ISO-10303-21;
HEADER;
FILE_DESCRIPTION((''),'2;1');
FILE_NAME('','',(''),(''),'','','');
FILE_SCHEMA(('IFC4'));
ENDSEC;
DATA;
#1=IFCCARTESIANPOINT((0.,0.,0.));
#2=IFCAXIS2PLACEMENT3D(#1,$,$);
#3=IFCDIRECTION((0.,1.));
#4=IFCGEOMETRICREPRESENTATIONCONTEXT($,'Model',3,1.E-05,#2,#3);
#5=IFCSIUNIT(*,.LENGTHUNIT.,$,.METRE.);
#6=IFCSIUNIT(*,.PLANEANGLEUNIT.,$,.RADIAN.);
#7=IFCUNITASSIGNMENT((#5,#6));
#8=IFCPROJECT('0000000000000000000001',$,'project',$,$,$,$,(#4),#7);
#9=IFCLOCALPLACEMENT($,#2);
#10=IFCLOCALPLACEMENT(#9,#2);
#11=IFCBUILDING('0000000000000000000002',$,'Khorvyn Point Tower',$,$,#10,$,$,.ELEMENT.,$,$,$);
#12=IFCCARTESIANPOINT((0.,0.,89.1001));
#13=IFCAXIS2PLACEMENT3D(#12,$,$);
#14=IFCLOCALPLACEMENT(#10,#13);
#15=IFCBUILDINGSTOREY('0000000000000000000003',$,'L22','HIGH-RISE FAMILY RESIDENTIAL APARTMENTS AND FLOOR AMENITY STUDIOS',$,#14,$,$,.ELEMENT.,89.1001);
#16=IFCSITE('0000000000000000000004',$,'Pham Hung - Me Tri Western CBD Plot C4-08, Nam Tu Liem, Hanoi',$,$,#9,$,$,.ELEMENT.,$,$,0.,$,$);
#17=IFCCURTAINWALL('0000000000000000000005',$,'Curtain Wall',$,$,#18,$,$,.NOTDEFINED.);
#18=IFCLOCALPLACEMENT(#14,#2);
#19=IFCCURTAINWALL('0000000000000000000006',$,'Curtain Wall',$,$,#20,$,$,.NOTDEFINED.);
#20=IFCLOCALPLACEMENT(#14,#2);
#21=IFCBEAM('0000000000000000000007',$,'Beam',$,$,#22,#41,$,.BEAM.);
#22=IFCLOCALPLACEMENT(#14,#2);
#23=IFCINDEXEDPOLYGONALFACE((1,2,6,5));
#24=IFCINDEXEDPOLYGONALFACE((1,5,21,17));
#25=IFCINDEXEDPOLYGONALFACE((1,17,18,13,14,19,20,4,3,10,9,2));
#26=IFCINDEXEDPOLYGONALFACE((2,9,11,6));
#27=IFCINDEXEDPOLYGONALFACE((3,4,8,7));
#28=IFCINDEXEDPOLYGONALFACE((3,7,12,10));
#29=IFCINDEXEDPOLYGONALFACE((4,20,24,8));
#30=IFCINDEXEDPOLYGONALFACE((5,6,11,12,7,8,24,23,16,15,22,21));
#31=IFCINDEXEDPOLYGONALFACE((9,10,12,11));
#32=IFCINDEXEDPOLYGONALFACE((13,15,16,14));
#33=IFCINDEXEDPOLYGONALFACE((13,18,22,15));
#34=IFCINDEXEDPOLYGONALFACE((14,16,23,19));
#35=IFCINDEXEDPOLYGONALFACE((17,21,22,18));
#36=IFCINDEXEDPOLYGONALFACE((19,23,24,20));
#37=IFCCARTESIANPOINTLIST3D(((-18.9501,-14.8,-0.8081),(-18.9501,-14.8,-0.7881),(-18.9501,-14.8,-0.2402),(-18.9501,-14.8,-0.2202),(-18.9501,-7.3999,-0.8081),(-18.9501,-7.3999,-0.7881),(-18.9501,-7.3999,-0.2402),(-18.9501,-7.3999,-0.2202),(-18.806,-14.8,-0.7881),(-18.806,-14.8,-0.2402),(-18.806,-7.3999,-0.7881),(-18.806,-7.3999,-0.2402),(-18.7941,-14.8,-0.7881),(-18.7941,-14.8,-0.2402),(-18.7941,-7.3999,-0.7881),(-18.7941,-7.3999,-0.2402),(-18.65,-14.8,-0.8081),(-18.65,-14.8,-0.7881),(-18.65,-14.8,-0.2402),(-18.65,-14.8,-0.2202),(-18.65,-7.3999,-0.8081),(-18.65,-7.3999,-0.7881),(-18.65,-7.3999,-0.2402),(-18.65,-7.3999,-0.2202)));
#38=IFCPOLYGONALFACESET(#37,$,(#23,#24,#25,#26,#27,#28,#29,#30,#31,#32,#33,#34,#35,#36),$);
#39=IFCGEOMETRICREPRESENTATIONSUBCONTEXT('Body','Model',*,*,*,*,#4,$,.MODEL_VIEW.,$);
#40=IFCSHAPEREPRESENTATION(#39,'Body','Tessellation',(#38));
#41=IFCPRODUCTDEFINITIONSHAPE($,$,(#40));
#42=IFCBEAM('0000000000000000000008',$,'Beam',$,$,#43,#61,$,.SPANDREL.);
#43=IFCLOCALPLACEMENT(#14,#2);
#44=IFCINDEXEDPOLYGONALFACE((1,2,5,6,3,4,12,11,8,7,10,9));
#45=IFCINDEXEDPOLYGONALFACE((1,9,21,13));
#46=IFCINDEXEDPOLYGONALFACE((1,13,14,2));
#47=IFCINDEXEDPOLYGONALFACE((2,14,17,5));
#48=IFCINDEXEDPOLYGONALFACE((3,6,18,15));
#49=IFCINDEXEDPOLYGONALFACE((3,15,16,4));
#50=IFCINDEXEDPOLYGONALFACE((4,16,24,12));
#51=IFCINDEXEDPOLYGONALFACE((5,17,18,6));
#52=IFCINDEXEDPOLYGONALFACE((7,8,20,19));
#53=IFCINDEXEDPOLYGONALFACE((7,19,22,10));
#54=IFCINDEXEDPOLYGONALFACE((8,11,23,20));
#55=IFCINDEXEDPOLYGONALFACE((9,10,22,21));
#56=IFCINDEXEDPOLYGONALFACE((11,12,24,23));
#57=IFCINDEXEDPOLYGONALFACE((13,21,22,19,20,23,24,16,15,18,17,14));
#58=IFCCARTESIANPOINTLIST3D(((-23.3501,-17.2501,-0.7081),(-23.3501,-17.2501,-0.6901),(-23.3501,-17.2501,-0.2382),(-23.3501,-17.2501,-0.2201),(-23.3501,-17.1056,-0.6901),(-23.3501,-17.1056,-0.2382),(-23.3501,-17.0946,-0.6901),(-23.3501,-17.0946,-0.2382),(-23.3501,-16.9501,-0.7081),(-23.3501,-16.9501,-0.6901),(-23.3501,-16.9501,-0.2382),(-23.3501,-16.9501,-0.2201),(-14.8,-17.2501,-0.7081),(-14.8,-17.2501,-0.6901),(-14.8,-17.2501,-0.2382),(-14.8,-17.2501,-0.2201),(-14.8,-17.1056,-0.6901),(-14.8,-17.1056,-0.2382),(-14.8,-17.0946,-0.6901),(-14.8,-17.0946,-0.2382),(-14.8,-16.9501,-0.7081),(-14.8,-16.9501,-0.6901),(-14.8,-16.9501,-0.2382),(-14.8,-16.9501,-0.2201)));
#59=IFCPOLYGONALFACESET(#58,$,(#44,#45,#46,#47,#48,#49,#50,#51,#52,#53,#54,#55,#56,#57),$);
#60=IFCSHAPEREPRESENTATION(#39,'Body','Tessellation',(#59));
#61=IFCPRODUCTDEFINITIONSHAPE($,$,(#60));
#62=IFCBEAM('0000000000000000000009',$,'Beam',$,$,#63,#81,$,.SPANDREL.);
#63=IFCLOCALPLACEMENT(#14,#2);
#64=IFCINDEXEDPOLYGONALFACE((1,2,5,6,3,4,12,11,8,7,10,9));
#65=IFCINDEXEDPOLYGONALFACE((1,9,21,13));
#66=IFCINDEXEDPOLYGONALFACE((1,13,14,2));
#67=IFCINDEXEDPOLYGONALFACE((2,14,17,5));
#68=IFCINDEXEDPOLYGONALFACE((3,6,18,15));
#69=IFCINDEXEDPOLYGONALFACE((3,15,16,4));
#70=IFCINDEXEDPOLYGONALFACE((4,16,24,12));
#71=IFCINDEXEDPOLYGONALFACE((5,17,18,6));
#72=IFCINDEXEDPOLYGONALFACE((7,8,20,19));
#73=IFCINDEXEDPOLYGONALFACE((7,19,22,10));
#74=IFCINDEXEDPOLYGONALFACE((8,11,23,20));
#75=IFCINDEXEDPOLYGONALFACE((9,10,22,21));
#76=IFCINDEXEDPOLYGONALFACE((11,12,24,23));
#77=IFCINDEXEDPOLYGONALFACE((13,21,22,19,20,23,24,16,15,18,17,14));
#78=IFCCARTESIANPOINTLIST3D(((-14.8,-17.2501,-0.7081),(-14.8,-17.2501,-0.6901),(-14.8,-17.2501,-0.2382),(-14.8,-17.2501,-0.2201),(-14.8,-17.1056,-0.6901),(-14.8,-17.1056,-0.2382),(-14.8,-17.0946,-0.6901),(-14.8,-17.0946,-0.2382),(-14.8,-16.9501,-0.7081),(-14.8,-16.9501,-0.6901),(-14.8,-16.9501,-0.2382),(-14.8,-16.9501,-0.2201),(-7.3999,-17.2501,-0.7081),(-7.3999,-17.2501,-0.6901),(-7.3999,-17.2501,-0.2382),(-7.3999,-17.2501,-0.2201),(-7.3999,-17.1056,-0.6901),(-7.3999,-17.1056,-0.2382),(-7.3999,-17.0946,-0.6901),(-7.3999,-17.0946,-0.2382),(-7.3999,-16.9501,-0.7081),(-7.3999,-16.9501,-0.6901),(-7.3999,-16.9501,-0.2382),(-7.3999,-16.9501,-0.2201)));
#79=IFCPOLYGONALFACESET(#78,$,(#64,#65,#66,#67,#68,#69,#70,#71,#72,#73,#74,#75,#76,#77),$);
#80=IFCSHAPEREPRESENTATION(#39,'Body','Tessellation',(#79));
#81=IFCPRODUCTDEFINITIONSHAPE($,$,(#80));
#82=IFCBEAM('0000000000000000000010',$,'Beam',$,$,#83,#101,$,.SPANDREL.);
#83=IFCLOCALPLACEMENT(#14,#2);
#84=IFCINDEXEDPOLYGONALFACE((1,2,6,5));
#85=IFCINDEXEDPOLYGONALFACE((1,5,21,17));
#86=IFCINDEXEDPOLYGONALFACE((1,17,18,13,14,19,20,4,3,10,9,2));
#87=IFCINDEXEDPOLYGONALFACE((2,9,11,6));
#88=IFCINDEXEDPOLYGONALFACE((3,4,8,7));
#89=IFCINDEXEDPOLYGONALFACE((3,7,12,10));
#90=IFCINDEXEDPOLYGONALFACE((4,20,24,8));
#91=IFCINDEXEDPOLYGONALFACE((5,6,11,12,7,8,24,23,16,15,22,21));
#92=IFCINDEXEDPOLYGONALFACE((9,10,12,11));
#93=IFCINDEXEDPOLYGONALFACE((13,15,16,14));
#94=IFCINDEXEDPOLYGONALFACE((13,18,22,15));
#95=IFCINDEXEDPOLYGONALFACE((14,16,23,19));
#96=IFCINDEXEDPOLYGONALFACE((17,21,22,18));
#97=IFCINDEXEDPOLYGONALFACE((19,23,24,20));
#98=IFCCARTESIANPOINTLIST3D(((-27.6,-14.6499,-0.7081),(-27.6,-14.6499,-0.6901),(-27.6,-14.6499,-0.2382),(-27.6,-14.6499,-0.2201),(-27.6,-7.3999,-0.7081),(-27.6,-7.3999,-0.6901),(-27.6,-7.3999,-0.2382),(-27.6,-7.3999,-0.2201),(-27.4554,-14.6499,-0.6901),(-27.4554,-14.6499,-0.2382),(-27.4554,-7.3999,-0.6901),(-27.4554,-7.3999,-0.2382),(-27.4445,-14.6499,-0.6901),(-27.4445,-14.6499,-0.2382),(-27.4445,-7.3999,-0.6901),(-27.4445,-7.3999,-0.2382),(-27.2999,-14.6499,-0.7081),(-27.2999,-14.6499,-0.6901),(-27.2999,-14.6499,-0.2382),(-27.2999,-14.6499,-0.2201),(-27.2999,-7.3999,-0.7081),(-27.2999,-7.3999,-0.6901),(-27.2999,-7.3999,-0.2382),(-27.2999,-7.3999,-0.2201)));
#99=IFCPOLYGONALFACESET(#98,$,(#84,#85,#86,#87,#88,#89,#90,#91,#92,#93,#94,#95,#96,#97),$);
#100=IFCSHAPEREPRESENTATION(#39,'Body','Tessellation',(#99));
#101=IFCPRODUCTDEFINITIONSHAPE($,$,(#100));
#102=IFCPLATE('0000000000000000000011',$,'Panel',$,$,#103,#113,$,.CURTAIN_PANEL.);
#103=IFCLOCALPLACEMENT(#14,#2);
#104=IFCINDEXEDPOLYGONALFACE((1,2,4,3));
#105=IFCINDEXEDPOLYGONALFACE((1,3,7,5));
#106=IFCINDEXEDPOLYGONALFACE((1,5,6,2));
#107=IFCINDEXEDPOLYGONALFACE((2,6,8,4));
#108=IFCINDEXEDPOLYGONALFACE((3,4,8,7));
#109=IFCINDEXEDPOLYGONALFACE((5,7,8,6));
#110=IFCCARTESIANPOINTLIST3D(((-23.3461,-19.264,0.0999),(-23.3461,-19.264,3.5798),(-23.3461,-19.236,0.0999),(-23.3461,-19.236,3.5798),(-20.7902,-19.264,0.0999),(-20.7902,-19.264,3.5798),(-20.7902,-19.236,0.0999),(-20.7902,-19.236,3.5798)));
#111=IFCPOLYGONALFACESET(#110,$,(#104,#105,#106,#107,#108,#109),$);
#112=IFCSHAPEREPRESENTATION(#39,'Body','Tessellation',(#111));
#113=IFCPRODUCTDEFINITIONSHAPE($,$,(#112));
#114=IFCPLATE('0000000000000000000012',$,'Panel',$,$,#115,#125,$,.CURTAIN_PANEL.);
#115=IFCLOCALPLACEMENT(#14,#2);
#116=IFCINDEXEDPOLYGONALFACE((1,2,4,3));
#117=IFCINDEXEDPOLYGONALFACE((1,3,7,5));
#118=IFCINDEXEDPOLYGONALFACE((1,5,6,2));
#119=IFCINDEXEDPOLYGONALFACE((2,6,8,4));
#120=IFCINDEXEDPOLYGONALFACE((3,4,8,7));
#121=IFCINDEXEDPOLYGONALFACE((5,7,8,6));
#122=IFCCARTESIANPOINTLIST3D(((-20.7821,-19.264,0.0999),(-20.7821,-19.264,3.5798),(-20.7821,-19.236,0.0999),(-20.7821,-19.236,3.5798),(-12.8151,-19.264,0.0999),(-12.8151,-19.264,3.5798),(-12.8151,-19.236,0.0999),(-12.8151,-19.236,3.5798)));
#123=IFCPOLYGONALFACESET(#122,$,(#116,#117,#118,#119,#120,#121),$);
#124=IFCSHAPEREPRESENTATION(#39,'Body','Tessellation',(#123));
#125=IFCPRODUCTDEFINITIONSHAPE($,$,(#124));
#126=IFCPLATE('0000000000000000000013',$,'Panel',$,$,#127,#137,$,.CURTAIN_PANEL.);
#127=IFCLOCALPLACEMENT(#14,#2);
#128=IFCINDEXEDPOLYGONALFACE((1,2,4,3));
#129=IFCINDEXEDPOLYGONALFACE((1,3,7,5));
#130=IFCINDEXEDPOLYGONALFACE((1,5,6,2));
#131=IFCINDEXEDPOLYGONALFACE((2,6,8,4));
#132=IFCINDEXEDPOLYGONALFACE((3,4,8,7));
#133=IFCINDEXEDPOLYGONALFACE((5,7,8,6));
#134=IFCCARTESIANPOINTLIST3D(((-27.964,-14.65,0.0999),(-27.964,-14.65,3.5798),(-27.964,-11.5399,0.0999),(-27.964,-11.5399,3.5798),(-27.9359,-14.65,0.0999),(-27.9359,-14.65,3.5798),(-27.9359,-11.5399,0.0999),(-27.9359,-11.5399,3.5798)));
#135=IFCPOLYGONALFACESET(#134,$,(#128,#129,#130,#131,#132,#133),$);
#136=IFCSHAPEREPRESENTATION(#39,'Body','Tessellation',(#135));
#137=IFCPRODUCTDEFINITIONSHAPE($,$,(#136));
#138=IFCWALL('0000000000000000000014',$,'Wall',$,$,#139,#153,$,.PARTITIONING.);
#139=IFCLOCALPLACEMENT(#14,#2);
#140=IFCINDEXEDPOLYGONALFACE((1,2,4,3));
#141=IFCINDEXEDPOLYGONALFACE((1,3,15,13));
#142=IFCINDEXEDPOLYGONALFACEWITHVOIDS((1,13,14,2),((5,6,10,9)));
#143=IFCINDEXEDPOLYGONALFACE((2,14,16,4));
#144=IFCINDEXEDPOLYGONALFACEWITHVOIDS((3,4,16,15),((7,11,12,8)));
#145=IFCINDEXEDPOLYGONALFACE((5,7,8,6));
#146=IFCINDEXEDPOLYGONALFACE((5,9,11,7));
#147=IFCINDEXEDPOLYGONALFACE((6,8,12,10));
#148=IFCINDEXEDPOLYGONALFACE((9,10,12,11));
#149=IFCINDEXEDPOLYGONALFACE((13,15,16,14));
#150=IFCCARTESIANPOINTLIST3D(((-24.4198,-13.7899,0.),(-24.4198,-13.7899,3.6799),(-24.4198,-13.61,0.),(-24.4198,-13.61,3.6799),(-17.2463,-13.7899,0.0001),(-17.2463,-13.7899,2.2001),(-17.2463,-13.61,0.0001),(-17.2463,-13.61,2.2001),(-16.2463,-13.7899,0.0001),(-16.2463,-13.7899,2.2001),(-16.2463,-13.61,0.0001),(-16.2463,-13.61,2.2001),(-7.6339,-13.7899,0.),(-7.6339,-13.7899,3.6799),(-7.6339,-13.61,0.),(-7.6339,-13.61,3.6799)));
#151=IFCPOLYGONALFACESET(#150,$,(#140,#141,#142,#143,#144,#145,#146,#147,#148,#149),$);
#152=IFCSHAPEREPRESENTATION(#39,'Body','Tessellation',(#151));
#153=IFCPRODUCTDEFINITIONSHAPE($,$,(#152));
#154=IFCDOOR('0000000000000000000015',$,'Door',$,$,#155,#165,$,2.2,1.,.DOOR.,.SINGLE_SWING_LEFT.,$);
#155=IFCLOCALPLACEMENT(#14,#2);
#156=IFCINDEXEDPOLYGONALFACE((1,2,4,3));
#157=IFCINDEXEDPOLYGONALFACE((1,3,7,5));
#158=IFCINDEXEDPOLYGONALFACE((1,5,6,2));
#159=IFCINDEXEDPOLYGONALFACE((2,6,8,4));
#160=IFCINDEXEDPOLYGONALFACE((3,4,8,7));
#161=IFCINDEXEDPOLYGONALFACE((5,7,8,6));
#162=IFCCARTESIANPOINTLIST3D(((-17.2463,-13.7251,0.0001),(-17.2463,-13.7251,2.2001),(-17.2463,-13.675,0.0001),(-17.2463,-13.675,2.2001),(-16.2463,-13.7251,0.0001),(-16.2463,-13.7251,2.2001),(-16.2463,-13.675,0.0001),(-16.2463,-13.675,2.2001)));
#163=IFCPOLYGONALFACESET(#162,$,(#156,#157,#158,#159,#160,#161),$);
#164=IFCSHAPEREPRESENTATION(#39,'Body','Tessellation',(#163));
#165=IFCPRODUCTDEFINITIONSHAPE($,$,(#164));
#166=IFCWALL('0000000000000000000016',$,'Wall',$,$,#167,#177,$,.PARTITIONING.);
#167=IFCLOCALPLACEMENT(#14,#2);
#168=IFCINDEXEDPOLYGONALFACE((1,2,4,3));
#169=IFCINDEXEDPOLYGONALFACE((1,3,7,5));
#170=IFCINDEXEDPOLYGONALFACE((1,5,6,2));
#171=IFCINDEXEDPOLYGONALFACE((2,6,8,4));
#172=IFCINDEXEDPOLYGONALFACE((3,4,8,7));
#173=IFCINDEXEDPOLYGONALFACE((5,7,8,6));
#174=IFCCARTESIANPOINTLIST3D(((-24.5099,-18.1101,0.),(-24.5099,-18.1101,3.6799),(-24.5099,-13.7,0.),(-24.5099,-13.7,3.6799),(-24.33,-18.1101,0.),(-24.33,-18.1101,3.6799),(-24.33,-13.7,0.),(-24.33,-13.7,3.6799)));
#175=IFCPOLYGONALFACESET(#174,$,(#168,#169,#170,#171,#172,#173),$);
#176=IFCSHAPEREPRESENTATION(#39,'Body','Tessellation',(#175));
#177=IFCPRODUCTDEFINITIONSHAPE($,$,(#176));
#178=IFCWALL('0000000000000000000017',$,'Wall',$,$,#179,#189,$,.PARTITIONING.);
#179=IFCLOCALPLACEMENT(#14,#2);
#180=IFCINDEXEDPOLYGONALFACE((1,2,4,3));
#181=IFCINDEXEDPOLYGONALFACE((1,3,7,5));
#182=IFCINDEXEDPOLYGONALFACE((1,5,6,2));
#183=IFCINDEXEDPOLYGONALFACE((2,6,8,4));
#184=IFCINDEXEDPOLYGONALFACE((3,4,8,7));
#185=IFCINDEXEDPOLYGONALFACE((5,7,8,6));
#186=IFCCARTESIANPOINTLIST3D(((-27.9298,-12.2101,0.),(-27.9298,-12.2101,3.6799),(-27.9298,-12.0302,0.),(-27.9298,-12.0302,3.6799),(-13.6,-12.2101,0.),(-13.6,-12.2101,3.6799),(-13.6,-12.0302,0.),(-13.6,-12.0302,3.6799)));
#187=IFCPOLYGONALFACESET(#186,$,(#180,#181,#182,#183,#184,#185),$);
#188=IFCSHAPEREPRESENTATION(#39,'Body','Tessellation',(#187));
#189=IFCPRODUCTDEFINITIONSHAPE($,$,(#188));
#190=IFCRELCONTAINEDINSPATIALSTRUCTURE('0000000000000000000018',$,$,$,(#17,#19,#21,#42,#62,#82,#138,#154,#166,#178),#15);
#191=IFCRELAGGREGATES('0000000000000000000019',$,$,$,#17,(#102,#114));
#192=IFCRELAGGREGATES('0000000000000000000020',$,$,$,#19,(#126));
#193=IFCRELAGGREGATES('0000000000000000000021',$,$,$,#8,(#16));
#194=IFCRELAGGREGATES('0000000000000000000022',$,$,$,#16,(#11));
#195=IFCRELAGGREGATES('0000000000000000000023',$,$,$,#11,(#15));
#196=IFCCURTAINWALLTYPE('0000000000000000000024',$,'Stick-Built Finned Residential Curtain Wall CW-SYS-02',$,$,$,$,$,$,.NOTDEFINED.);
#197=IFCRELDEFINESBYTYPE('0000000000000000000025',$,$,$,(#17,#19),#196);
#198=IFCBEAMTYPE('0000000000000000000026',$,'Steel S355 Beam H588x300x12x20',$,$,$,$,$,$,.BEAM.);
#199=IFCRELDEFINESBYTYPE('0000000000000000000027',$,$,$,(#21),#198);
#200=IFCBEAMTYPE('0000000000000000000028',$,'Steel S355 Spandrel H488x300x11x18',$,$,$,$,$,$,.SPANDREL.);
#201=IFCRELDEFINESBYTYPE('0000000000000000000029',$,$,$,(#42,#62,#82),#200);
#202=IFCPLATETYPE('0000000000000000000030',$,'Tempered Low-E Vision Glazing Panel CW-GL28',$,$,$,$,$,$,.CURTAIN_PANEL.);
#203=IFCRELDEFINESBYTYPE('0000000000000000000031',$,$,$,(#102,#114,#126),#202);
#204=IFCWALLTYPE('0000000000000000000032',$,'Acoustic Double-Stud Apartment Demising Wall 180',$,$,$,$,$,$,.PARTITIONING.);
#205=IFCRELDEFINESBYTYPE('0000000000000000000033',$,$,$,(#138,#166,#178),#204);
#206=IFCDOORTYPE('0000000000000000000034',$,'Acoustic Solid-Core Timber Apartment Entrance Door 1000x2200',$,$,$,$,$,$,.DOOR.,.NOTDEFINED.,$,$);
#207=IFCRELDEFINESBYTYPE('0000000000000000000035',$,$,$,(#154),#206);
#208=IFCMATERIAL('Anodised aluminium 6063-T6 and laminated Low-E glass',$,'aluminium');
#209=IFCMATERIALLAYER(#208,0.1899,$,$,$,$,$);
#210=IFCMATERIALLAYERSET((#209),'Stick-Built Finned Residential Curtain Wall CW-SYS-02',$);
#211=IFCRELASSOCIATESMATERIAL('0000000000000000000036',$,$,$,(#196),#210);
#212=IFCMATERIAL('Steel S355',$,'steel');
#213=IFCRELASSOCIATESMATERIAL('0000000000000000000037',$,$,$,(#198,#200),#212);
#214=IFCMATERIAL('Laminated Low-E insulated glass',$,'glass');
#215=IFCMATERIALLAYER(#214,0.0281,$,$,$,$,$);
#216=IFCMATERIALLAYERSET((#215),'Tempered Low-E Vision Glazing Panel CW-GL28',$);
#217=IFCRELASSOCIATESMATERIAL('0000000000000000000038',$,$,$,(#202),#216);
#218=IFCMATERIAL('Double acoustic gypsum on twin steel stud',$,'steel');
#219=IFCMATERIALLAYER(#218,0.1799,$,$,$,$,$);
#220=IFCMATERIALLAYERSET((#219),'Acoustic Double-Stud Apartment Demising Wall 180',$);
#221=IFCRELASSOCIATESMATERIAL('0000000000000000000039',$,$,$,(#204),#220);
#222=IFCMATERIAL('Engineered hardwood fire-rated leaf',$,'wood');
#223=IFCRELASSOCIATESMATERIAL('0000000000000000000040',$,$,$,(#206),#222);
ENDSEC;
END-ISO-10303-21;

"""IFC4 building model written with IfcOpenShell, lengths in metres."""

from ifc_helpers import new_model, si_unit, direction, frame, frame_2d, origin, origin_2d, place, context, subcontext, project, spatial, rectangle, i_section, extrude, material, layer, layer_set, material_profile, profile_set, type_object, element, fill, aggregate, save


model = new_model("IFC4")

# Units and contexts
model_context = context("Model", 3, precision=1e-05, world=origin(), true_north=direction((0.0, 1.0)))
body_context = subcontext(model_context, "Body", "Model", "MODEL_VIEW")
ifc_project = project(units=[si_unit("LENGTHUNIT", "METRE"), si_unit("PLANEANGLEUNIT", "RADIAN")], contexts=[model_context])

# Site, building, storey
site_placement = place(None, origin())
site = spatial("IfcSite", under=ifc_project, at=site_placement, Name="Pham Hung - Me Tri Western CBD Plot C4-08, Nam Tu Liem, Hanoi", CompositionType="ELEMENT", RefElevation=0.0)
building_placement = place(site_placement, origin())
building = spatial("IfcBuilding", under=site, at=building_placement, Name="Khorvyn Point Tower", CompositionType="ELEMENT")
storey_placement = place(building_placement, frame((0.0, 0.0, 89.1001)))
storey = spatial("IfcBuildingStorey", under=building, at=storey_placement, Name="L22", Description="HIGH-RISE FAMILY RESIDENTIAL APARTMENTS AND FLOOR AMENITY STUDIOS", CompositionType="ELEMENT", Elevation=89.1001)

# Curtain wall
ifc_material_1 = material(Name="Anodised aluminium 6063-T6 and laminated Low-E glass", Category="aluminium")
ifc_layer_1 = layer(ifc_material_1, 0.1899)
ifc_layer_set_1 = layer_set([ifc_layer_1], Name="Stick-Built Finned Residential Curtain Wall CW-SYS-02")
curtain_wall_type = type_object("IfcCurtainWallType", Name="Stick-Built Finned Residential Curtain Wall CW-SYS-02", PredefinedType="NOTDEFINED", material=ifc_layer_set_1)
curtain_wall_1_placement = place(storey_placement, origin())
curtain_wall_1 = element("IfcCurtainWall", 1, at=curtain_wall_1_placement, inside=storey, type_object=curtain_wall_type, Name="Curtain Wall", PredefinedType="NOTDEFINED")

# Curtain wall
curtain_wall_2_placement = place(storey_placement, origin())
curtain_wall_2 = element("IfcCurtainWall", 2, at=curtain_wall_2_placement, inside=storey, type_object=curtain_wall_type, Name="Curtain Wall", PredefinedType="NOTDEFINED")

# Beams
ifc_material_2 = material(Name="Steel S355", Category="steel")
ifc_material_profile_1 = material_profile(ifc_material_2, i_section(OverallWidth=0.3, OverallDepth=0.5879, WebThickness=0.012, FlangeThickness=0.02, at=origin_2d()))
ifc_profile_set_1 = profile_set([ifc_material_profile_1], Name="Steel S355 H588x300x12x20")
beam_type_1 = type_object("IfcBeamType", Name="Steel S355 Beam H588x300x12x20", PredefinedType="BEAM", material=ifc_profile_set_1)
beam_1_placement = place(storey_placement, frame((-18.8, -14.8, -0.5142), z_axis=(0.0, 1.0, 0.0), x_axis=(-1.0, 0.0, 0.0)))
element("IfcBeam", 3, at=beam_1_placement, inside=storey, type_object=beam_type_1, Name="Beam", PredefinedType="BEAM", context=body_context, shape_type="SweptSolid", body=[
    extrude(i_section(OverallWidth=0.3, OverallDepth=0.5879, WebThickness=0.012, FlangeThickness=0.02, at=origin_2d()), origin(), (0.0, 0.0, 1.0), 7.4001),
])
ifc_material_profile_2 = material_profile(ifc_material_2, i_section(OverallWidth=0.3, OverallDepth=0.488, WebThickness=0.011, FlangeThickness=0.0181, at=origin_2d()))
ifc_profile_set_2 = profile_set([ifc_material_profile_2], Name="Steel S355 H488x300x11x18")
beam_type_2 = type_object("IfcBeamType", Name="Steel S355 Spandrel H488x300x11x18", PredefinedType="SPANDREL", material=ifc_profile_set_2)
beam_2_placement = place(storey_placement, frame((-23.3501, -17.1001, -0.4641), z_axis=(1.0, 0.0, 0.0), x_axis=(0.0, 1.0, 0.0)))
element("IfcBeam", 4, at=beam_2_placement, inside=storey, type_object=beam_type_2, Name="Beam", PredefinedType="SPANDREL", context=body_context, shape_type="SweptSolid", body=[
    extrude(i_section(OverallWidth=0.3, OverallDepth=0.488, WebThickness=0.011, FlangeThickness=0.0181, at=origin_2d()), origin(), (0.0, 0.0, 1.0), 8.55),
])
beam_3_placement = place(storey_placement, frame((-14.8, -17.1001, -0.4641), z_axis=(1.0, 0.0, 0.0), x_axis=(0.0, 1.0, 0.0)))
element("IfcBeam", 5, at=beam_3_placement, inside=storey, type_object=beam_type_2, Name="Beam", PredefinedType="SPANDREL", context=body_context, shape_type="SweptSolid", body=[
    extrude(i_section(OverallWidth=0.3, OverallDepth=0.488, WebThickness=0.011, FlangeThickness=0.0181, at=origin_2d()), origin(), (0.0, 0.0, 1.0), 7.4001),
])
beam_4_placement = place(storey_placement, frame((-27.45, -14.6499, -0.4641), z_axis=(0.0, 1.0, 0.0), x_axis=(-1.0, 0.0, 0.0)))
element("IfcBeam", 6, at=beam_4_placement, inside=storey, type_object=beam_type_2, Name="Beam", PredefinedType="SPANDREL", context=body_context, shape_type="SweptSolid", body=[
    extrude(i_section(OverallWidth=0.3, OverallDepth=0.488, WebThickness=0.011, FlangeThickness=0.0181, at=origin_2d()), origin(), (0.0, 0.0, 1.0), 7.25),
])

# Plates
ifc_material_3 = material(Name="Laminated Low-E insulated glass", Category="glass")
ifc_layer_2 = layer(ifc_material_3, 0.0281)
ifc_layer_set_2 = layer_set([ifc_layer_2], Name="Tempered Low-E Vision Glazing Panel CW-GL28")
plate_type = type_object("IfcPlateType", Name="Tempered Low-E Vision Glazing Panel CW-GL28", PredefinedType="CURTAIN_PANEL", material=ifc_layer_set_2)
plate_1_placement = place(storey_placement, frame((-22.0681, -19.25, 0.0999), z_axis=(0.0, 0.0, 1.0), x_axis=(-1.0, 0.0, 0.0)))
plate_1 = element("IfcPlate", 7, at=plate_1_placement, type_object=plate_type, Name="Panel", PredefinedType="CURTAIN_PANEL", context=body_context, shape_type="SweptSolid", body=[
    extrude(rectangle(XDim=2.5559, YDim=0.0281, at=origin_2d()), origin(), (0.0, 0.0, 1.0), 3.48),
])
plate_2_placement = place(storey_placement, frame((-16.7986, -19.25, 0.0999), z_axis=(0.0, 0.0, 1.0), x_axis=(-1.0, 0.0, 0.0)))
plate_2 = element("IfcPlate", 8, at=plate_2_placement, type_object=plate_type, Name="Panel", PredefinedType="CURTAIN_PANEL", context=body_context, shape_type="SweptSolid", body=[
    extrude(rectangle(XDim=7.967, YDim=0.0281, at=origin_2d()), origin(), (0.0, 0.0, 1.0), 3.48),
])
aggregate(curtain_wall_1, [plate_1, plate_2])
plate_3_placement = place(storey_placement, frame((-27.95, -13.095, 0.0999), z_axis=(0.0, 0.0, 1.0), x_axis=(0.0, 1.0, 0.0)))
plate_3 = element("IfcPlate", 9, at=plate_3_placement, type_object=plate_type, Name="Panel", PredefinedType="CURTAIN_PANEL", context=body_context, shape_type="SweptSolid", body=[
    extrude(rectangle(XDim=3.1101, YDim=0.0281, at=origin_2d()), origin(), (0.0, 0.0, 1.0), 3.48),
])
aggregate(curtain_wall_2, [plate_3])

# Wall, opening, door
ifc_material_4 = material(Name="Double acoustic gypsum on twin steel stud", Category="steel")
ifc_layer_3 = layer(ifc_material_4, 0.1799)
ifc_layer_set_3 = layer_set([ifc_layer_3], Name="Acoustic Double-Stud Apartment Demising Wall 180")
wall_type_1 = type_object("IfcWallType", Name="Acoustic Double-Stud Apartment Demising Wall 180", PredefinedType="PARTITIONING", material=ifc_layer_set_3)
wall_1_placement = place(storey_placement, frame((-24.4199, -13.7, 0.0), z_axis=(0.0, 0.0, 1.0), x_axis=(1.0, 0.0, 0.0)))
wall_1 = element("IfcWall", 10, at=wall_1_placement, inside=storey, type_object=wall_type_1, Name="Wall", PredefinedType="PARTITIONING", context=body_context, shape_type="SweptSolid", body=[
    extrude(rectangle(XDim=16.7859, YDim=0.1799, at=frame_2d((8.3931, 0.0))), origin(), (0.0, 0.0, 1.0), 3.6799),
])
opening_1_placement = place(wall_1_placement, frame((7.1736, 0.0, 0.0)))
opening_1 = element("IfcOpeningElement", 11, at=opening_1_placement, cuts=wall_1, PredefinedType="OPENING", context=body_context, shape_type="SweptSolid", body=[
    extrude(rectangle(XDim=1.0, YDim=2.2, at=frame_2d((0.5, 1.1001))), frame((0.0, 0.0999, 0.0), z_axis=(0.0, -1.0, 0.0), x_axis=(1.0, 0.0, 0.0)), (0.0, 0.0, 1.0), 0.2),
])
ifc_material_5 = material(Name="Engineered hardwood fire-rated leaf", Category="wood")
door_type_1 = type_object("IfcDoorType", Name="Acoustic Solid-Core Timber Apartment Entrance Door 1000x2200", OperationType="NOTDEFINED", PredefinedType="DOOR", material=ifc_material_5)
door_1_placement = place(opening_1_placement, origin())
door_1 = element("IfcDoor", 12, at=door_1_placement, inside=storey, type_object=door_type_1, Name="Door", OperationType="SINGLE_SWING_LEFT", OverallHeight=2.2, OverallWidth=1.0, PredefinedType="DOOR", context=body_context, shape_type="SweptSolid", body=[
    extrude(rectangle(XDim=1.0, YDim=2.2, at=frame_2d((0.5, 1.1001))), frame((0.0, 0.0249, 0.0), z_axis=(0.0, -1.0, 0.0), x_axis=(1.0, 0.0, 0.0)), (0.0, 0.0, 1.0), 0.05),
])
fill(opening_1, door_1)

# Walls
wall_2_placement = place(storey_placement, frame((-24.4199, -18.1101, 0.0), z_axis=(0.0, 0.0, 1.0), x_axis=(0.0, 1.0, 0.0)))
element("IfcWall", 13, at=wall_2_placement, inside=storey, type_object=wall_type_1, Name="Wall", PredefinedType="PARTITIONING", context=body_context, shape_type="SweptSolid", body=[
    extrude(rectangle(XDim=4.4102, YDim=0.1799, at=frame_2d((2.2051, 0.0))), origin(), (0.0, 0.0, 1.0), 3.6799),
])
wall_3_placement = place(storey_placement, frame((-27.9299, -12.1201, 0.0), z_axis=(0.0, 0.0, 1.0), x_axis=(1.0, 0.0, 0.0)))
element("IfcWall", 14, at=wall_3_placement, inside=storey, type_object=wall_type_1, Name="Wall", PredefinedType="PARTITIONING", context=body_context, shape_type="SweptSolid", body=[
    extrude(rectangle(XDim=14.3298, YDim=0.1799, at=frame_2d((7.165, 0.0))), origin(), (0.0, 0.0, 1.0), 3.6799),
])

save(model, "model.ifc")
